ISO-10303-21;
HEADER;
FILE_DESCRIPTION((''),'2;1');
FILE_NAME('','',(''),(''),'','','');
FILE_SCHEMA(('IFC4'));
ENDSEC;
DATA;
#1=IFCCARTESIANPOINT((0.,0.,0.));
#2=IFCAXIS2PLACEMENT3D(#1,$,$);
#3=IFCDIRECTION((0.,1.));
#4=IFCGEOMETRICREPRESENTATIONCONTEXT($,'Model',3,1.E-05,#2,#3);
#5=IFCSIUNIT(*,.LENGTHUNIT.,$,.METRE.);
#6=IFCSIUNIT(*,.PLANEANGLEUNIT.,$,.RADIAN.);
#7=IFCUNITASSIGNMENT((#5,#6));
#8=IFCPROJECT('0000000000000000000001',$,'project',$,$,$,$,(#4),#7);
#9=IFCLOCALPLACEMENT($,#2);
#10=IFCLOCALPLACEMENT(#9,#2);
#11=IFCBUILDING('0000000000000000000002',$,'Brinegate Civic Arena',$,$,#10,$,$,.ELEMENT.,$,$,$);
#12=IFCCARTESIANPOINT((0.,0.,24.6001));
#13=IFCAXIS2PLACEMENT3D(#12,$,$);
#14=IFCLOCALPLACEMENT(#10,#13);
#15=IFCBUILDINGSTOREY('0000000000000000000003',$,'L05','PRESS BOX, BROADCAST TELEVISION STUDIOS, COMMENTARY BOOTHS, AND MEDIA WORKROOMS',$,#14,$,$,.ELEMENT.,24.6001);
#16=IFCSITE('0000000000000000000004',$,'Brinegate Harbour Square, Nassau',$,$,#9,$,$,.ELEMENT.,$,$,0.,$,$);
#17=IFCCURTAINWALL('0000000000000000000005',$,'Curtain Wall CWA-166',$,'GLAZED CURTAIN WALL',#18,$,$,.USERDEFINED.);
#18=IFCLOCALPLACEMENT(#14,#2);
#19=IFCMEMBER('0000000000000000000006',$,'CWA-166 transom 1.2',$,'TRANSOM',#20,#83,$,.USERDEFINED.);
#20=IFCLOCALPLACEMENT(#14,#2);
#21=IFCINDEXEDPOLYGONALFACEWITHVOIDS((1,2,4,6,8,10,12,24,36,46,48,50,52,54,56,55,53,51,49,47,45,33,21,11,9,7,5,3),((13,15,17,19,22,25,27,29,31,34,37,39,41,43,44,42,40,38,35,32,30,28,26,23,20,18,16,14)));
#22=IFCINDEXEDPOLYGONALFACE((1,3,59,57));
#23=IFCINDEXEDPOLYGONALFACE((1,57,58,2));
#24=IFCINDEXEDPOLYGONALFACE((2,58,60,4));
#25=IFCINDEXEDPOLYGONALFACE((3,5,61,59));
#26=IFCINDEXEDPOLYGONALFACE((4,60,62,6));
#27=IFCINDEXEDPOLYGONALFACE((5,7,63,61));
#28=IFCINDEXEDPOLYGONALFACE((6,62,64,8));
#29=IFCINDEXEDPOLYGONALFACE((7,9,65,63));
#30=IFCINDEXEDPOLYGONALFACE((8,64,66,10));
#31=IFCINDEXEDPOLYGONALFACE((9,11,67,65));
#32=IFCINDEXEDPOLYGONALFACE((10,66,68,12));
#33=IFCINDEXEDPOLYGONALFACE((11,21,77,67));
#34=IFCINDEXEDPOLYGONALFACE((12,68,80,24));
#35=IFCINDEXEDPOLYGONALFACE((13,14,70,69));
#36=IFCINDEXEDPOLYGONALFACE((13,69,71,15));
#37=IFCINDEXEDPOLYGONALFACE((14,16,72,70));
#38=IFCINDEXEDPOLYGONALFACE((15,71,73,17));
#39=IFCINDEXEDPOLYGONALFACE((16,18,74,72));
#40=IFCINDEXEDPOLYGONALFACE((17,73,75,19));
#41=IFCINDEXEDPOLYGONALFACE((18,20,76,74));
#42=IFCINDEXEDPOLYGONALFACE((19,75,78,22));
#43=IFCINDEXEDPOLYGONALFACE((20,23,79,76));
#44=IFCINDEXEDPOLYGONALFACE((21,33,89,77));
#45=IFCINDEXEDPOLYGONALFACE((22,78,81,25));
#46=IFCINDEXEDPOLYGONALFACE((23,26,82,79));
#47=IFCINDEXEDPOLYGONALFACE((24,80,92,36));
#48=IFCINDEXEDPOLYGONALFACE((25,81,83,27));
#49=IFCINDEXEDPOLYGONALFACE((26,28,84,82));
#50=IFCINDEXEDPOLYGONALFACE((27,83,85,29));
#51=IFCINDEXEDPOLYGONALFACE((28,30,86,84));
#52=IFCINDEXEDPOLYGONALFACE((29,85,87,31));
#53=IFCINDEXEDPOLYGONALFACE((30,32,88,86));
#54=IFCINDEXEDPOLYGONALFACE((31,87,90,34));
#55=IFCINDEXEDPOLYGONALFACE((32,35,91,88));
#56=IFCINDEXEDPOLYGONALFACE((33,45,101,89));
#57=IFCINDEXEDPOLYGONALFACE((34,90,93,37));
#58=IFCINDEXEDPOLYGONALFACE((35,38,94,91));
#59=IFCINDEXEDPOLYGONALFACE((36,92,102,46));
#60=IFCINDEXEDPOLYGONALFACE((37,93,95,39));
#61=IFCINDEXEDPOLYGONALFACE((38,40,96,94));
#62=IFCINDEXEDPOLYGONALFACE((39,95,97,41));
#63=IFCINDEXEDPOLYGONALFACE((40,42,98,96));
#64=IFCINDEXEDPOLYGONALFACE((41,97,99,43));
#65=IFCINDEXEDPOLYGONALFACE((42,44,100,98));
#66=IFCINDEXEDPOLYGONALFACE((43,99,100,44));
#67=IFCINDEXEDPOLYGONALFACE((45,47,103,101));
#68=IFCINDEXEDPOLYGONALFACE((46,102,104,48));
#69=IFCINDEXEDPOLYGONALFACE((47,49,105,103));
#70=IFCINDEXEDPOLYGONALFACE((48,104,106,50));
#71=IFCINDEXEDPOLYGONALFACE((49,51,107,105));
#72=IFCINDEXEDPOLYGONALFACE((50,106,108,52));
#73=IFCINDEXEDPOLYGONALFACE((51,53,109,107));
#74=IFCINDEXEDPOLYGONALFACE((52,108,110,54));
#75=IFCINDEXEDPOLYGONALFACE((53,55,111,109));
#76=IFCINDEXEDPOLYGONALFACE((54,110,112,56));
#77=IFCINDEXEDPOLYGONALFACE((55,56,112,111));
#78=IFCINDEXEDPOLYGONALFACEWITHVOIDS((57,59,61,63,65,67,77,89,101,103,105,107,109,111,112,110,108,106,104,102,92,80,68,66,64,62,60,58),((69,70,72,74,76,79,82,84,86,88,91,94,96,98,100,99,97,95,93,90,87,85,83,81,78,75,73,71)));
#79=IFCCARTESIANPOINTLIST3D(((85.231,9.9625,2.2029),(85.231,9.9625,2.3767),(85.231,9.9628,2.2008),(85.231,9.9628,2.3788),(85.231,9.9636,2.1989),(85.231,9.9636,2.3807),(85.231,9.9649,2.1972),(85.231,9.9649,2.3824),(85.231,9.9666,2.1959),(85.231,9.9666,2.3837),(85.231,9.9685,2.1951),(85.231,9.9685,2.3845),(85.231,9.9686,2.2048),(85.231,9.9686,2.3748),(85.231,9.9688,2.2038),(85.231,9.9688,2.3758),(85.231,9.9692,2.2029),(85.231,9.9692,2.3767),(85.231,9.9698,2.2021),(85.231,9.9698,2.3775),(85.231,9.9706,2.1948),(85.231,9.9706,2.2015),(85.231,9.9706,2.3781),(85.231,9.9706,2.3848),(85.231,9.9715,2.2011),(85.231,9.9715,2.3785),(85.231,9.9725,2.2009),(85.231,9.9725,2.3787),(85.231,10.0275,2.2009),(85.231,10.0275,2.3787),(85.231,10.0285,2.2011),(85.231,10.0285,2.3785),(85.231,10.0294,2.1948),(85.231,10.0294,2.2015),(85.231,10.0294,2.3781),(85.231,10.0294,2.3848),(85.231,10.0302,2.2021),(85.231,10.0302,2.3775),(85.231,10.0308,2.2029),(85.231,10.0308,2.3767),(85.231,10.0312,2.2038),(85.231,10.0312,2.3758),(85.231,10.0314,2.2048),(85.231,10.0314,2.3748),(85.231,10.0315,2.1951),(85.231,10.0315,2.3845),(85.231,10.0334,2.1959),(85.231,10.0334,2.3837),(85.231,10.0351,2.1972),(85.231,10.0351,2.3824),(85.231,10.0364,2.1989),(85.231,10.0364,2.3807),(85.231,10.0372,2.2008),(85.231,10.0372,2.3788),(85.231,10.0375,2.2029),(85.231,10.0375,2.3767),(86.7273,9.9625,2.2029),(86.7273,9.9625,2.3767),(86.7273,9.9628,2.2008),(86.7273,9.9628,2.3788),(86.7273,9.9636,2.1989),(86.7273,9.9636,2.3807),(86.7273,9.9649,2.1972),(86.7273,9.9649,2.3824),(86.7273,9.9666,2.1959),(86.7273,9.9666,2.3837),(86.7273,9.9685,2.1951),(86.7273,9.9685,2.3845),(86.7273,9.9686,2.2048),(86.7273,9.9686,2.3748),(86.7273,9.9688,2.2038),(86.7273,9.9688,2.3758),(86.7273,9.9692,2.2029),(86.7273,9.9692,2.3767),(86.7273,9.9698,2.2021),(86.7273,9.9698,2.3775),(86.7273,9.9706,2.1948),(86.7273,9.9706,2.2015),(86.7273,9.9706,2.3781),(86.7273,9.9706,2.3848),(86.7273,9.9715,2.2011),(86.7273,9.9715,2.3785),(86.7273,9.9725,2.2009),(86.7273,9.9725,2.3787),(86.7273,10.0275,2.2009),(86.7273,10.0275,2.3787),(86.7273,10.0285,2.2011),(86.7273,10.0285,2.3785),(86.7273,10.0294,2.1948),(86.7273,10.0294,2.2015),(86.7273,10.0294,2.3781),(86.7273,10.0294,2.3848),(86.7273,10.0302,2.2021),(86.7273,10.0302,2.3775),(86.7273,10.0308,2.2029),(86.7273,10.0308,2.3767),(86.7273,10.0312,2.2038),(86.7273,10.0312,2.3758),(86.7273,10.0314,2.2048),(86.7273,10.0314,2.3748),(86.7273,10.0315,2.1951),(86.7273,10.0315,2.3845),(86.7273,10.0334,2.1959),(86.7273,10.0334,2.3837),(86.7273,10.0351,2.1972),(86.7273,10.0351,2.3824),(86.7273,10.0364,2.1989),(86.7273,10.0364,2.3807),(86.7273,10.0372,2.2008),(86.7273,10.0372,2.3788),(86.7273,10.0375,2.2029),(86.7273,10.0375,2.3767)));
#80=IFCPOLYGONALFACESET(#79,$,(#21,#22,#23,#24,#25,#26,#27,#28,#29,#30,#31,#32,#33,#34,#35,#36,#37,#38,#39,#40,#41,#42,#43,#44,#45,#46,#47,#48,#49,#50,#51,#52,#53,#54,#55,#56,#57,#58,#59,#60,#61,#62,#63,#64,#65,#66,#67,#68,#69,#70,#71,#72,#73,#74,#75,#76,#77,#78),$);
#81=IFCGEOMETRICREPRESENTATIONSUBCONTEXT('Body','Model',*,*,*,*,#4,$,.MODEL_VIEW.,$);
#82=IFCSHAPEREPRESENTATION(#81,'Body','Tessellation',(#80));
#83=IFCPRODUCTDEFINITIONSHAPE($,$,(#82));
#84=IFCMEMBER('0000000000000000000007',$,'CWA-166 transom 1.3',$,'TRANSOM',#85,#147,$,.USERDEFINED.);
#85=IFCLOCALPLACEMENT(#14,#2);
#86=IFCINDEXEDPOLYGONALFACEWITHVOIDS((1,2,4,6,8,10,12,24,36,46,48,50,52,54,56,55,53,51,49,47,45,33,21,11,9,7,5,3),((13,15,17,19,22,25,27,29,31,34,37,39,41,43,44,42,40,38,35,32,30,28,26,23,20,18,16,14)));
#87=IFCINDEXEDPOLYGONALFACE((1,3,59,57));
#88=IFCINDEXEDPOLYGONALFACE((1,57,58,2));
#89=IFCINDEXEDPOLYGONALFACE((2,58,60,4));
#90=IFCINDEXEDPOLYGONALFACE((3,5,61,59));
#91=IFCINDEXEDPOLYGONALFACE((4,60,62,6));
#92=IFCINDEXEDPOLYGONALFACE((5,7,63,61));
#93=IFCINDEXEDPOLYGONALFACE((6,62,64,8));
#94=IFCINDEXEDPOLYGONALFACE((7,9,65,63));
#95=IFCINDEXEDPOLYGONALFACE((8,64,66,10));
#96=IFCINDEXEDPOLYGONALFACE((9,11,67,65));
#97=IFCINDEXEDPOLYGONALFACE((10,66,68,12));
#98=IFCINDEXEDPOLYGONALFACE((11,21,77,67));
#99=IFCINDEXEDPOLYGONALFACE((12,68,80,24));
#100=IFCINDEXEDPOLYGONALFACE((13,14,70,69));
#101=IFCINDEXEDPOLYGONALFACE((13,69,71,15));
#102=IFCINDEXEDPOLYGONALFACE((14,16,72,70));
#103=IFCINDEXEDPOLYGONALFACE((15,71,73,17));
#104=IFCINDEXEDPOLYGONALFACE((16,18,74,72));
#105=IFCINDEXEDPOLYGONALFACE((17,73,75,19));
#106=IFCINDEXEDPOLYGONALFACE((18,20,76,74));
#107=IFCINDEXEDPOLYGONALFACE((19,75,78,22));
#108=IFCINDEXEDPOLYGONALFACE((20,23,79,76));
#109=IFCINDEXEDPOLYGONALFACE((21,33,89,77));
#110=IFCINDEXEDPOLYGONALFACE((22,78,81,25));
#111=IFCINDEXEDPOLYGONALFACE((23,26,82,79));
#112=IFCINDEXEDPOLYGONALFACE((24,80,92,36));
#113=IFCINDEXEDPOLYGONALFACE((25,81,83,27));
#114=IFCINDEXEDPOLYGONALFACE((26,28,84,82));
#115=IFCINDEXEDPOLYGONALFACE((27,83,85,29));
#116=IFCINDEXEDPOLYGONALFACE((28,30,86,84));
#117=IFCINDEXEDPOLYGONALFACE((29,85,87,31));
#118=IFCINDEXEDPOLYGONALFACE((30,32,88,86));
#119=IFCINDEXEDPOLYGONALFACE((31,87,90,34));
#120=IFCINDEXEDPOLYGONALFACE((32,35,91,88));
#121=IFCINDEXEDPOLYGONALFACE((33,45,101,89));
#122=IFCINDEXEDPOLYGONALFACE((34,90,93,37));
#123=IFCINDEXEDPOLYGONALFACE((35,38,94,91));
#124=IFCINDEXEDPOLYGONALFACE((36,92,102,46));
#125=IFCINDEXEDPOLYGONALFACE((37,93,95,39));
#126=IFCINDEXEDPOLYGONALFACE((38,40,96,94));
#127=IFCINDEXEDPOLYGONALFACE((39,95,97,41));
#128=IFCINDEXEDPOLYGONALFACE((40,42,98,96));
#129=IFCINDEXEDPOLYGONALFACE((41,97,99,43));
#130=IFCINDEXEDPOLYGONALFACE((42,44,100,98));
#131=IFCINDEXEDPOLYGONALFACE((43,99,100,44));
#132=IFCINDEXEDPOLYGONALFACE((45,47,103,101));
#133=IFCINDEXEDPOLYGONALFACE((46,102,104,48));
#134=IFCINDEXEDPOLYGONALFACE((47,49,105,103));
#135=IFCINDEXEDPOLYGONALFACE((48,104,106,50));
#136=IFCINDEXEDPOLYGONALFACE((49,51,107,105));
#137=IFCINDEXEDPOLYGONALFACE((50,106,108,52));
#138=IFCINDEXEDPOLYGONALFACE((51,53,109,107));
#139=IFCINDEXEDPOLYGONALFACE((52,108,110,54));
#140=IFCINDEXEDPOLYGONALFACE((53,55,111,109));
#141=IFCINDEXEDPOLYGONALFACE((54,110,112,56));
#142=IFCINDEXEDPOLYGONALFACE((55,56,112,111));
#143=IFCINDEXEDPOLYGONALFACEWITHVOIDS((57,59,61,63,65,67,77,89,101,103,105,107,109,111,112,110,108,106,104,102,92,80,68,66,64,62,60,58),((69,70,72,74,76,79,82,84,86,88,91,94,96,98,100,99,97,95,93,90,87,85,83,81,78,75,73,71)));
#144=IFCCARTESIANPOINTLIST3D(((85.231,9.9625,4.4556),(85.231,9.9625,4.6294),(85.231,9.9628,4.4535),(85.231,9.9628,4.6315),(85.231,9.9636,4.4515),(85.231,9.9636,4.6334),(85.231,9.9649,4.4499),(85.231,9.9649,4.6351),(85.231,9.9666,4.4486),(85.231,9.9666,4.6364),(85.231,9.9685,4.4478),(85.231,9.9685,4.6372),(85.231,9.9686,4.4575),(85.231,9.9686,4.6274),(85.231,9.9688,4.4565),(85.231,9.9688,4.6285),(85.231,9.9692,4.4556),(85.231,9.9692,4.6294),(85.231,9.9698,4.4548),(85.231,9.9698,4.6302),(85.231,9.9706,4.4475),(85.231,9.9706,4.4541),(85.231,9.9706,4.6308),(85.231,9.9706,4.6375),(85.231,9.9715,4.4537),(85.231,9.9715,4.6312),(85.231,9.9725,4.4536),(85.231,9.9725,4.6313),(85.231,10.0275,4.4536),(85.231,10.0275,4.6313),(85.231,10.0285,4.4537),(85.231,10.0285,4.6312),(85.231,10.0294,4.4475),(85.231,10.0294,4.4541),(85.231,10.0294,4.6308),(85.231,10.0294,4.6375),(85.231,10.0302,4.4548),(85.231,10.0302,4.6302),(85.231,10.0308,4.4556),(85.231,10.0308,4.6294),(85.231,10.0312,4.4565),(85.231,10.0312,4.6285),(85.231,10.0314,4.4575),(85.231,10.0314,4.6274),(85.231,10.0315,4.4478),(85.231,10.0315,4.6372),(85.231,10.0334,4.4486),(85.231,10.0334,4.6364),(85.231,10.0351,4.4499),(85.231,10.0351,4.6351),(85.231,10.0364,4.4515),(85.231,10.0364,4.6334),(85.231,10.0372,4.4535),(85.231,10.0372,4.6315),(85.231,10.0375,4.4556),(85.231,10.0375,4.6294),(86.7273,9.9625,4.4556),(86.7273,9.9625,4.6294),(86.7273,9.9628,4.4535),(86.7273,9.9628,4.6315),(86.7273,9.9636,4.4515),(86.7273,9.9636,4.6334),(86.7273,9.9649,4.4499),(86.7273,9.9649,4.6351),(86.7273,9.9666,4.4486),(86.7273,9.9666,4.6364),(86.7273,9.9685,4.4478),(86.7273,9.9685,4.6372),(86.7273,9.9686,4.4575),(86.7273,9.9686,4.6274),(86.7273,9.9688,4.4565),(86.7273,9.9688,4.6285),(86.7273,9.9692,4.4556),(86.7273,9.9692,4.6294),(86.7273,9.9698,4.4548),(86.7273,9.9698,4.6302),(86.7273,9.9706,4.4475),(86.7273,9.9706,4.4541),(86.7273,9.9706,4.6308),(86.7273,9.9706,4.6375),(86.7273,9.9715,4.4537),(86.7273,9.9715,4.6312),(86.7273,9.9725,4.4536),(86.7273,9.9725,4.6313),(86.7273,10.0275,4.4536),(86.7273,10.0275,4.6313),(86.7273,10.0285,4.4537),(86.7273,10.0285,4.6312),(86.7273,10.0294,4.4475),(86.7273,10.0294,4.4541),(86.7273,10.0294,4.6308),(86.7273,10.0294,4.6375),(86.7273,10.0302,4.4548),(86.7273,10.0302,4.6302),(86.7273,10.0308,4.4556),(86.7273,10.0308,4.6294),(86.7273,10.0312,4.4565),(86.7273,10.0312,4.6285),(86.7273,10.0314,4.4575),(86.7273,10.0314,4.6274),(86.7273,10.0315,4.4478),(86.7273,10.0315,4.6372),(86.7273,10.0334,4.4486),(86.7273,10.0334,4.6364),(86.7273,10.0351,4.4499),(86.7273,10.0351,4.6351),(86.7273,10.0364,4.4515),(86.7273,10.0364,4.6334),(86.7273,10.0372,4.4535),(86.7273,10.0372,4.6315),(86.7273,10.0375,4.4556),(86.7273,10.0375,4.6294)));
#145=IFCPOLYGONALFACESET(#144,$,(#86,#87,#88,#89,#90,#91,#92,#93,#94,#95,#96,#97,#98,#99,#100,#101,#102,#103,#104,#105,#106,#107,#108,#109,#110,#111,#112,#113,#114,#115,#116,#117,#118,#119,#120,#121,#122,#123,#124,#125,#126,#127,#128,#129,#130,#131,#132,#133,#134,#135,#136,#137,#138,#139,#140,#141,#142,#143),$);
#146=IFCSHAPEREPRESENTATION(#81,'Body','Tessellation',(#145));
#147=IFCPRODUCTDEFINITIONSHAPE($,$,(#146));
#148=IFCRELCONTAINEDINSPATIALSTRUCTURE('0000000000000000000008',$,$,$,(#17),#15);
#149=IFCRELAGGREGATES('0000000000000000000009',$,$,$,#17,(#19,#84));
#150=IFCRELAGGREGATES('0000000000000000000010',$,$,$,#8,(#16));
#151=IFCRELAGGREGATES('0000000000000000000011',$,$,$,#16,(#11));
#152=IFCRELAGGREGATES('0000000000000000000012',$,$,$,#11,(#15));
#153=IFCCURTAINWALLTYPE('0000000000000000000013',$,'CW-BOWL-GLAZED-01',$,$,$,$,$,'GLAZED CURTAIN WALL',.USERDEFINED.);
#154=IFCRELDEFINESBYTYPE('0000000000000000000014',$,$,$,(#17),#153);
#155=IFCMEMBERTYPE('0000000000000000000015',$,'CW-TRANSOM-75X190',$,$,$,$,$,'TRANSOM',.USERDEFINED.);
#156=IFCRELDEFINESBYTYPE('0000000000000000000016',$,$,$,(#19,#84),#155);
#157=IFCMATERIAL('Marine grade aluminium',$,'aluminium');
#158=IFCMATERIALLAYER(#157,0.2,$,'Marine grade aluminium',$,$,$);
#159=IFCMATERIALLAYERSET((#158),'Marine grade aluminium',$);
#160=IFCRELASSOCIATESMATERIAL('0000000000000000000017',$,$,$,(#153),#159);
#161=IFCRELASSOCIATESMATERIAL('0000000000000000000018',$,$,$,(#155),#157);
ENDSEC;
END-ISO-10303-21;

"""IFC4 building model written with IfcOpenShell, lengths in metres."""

from ifc_helpers import new_model, si_unit, direction, frame, origin, origin_2d, place, context, subcontext, project, spatial, hollow_rectangle, extrude, material, layer, layer_set, material_profile, profile_set, type_object, element, aggregate, save


model = new_model("IFC4")

# Units and contexts
model_context = context("Model", 3, precision=1e-05, world=origin(), true_north=direction((0.0, 1.0)))
body_context = subcontext(model_context, "Body", "Model", "MODEL_VIEW")
ifc_project = project(units=[si_unit("LENGTHUNIT", "METRE"), si_unit("PLANEANGLEUNIT", "RADIAN")], contexts=[model_context])

# Site, building, storey
site_placement = place(None, origin())
site = spatial("IfcSite", under=ifc_project, at=site_placement, Name="Brinegate Harbour Square, Nassau", CompositionType="ELEMENT", RefElevation=0.0)
building_placement = place(site_placement, origin())
building = spatial("IfcBuilding", under=site, at=building_placement, Name="Brinegate Civic Arena", CompositionType="ELEMENT")
storey_placement = place(building_placement, frame((0.0, 0.0, 24.6001)))
storey = spatial("IfcBuildingStorey", under=building, at=storey_placement, Name="L05", Description="PRESS BOX, BROADCAST TELEVISION STUDIOS, COMMENTARY BOOTHS, AND MEDIA WORKROOMS", CompositionType="ELEMENT", Elevation=24.6001)

# Shared definitions
ifc_material_1 = material(Name="Marine grade aluminium", Category="aluminium")
ifc_layer_1 = layer(ifc_material_1, 0.2, Name="Marine grade aluminium")
ifc_layer_set_1 = layer_set([ifc_layer_1], Name="Marine grade aluminium")
curtain_wall_type = type_object("IfcCurtainWallType", Name="CW-BOWL-GLAZED-01", ElementType="GLAZED CURTAIN WALL", PredefinedType="USERDEFINED", material=ifc_layer_set_1)

# Curtain wall
curtain_wall_1_placement = place(storey_placement, origin())
curtain_wall_1 = element("IfcCurtainWall", 1, at=curtain_wall_1_placement, inside=storey, type_object=curtain_wall_type, Name="Curtain Wall CWA-166", ObjectType="GLAZED CURTAIN WALL", PredefinedType="USERDEFINED")

# Members
ifc_material_profile_1 = material_profile(ifc_material_1, hollow_rectangle(XDim=0.075, YDim=0.1899, WallThickness=0.0061, InnerFilletRadius=0.0039, OuterFilletRadius=0.0081, at=origin_2d()), Name="TRN75X190")
ifc_profile_set_1 = profile_set([ifc_material_profile_1], Name="Marine grade aluminium")
member_type_1 = type_object("IfcMemberType", Name="CW-TRANSOM-75X190", ElementType="TRANSOM", PredefinedType="USERDEFINED", material=ifc_profile_set_1)
member_1_placement = place(storey_placement, frame((85.231, 10.0, 2.2898), z_axis=(1.0, 0.0, 0.0), x_axis=(0.0, 1.0, 0.0)))
member_1 = element("IfcMember", 2, at=member_1_placement, type_object=member_type_1, Name="CWA-166 transom 1.2", ObjectType="TRANSOM", PredefinedType="USERDEFINED", context=body_context, shape_type="SweptSolid", body=[
    extrude(hollow_rectangle(XDim=0.075, YDim=0.1899, WallThickness=0.0061, InnerFilletRadius=0.0039, OuterFilletRadius=0.0081, at=origin_2d()), origin(), (0.0, 0.0, 1.0), 1.4963),
])
member_2_placement = place(storey_placement, frame((85.231, 10.0, 4.5425), z_axis=(1.0, 0.0, 0.0), x_axis=(0.0, 1.0, 0.0)))
member_2 = element("IfcMember", 3, at=member_2_placement, type_object=member_type_1, Name="CWA-166 transom 1.3", ObjectType="TRANSOM", PredefinedType="USERDEFINED", context=body_context, shape_type="SweptSolid", body=[
    extrude(hollow_rectangle(XDim=0.075, YDim=0.1899, WallThickness=0.0061, InnerFilletRadius=0.0039, OuterFilletRadius=0.0081, at=origin_2d()), origin(), (0.0, 0.0, 1.0), 1.4963),
])

aggregate(curtain_wall_1, [member_1, member_2])

save(model, "model.ifc")
